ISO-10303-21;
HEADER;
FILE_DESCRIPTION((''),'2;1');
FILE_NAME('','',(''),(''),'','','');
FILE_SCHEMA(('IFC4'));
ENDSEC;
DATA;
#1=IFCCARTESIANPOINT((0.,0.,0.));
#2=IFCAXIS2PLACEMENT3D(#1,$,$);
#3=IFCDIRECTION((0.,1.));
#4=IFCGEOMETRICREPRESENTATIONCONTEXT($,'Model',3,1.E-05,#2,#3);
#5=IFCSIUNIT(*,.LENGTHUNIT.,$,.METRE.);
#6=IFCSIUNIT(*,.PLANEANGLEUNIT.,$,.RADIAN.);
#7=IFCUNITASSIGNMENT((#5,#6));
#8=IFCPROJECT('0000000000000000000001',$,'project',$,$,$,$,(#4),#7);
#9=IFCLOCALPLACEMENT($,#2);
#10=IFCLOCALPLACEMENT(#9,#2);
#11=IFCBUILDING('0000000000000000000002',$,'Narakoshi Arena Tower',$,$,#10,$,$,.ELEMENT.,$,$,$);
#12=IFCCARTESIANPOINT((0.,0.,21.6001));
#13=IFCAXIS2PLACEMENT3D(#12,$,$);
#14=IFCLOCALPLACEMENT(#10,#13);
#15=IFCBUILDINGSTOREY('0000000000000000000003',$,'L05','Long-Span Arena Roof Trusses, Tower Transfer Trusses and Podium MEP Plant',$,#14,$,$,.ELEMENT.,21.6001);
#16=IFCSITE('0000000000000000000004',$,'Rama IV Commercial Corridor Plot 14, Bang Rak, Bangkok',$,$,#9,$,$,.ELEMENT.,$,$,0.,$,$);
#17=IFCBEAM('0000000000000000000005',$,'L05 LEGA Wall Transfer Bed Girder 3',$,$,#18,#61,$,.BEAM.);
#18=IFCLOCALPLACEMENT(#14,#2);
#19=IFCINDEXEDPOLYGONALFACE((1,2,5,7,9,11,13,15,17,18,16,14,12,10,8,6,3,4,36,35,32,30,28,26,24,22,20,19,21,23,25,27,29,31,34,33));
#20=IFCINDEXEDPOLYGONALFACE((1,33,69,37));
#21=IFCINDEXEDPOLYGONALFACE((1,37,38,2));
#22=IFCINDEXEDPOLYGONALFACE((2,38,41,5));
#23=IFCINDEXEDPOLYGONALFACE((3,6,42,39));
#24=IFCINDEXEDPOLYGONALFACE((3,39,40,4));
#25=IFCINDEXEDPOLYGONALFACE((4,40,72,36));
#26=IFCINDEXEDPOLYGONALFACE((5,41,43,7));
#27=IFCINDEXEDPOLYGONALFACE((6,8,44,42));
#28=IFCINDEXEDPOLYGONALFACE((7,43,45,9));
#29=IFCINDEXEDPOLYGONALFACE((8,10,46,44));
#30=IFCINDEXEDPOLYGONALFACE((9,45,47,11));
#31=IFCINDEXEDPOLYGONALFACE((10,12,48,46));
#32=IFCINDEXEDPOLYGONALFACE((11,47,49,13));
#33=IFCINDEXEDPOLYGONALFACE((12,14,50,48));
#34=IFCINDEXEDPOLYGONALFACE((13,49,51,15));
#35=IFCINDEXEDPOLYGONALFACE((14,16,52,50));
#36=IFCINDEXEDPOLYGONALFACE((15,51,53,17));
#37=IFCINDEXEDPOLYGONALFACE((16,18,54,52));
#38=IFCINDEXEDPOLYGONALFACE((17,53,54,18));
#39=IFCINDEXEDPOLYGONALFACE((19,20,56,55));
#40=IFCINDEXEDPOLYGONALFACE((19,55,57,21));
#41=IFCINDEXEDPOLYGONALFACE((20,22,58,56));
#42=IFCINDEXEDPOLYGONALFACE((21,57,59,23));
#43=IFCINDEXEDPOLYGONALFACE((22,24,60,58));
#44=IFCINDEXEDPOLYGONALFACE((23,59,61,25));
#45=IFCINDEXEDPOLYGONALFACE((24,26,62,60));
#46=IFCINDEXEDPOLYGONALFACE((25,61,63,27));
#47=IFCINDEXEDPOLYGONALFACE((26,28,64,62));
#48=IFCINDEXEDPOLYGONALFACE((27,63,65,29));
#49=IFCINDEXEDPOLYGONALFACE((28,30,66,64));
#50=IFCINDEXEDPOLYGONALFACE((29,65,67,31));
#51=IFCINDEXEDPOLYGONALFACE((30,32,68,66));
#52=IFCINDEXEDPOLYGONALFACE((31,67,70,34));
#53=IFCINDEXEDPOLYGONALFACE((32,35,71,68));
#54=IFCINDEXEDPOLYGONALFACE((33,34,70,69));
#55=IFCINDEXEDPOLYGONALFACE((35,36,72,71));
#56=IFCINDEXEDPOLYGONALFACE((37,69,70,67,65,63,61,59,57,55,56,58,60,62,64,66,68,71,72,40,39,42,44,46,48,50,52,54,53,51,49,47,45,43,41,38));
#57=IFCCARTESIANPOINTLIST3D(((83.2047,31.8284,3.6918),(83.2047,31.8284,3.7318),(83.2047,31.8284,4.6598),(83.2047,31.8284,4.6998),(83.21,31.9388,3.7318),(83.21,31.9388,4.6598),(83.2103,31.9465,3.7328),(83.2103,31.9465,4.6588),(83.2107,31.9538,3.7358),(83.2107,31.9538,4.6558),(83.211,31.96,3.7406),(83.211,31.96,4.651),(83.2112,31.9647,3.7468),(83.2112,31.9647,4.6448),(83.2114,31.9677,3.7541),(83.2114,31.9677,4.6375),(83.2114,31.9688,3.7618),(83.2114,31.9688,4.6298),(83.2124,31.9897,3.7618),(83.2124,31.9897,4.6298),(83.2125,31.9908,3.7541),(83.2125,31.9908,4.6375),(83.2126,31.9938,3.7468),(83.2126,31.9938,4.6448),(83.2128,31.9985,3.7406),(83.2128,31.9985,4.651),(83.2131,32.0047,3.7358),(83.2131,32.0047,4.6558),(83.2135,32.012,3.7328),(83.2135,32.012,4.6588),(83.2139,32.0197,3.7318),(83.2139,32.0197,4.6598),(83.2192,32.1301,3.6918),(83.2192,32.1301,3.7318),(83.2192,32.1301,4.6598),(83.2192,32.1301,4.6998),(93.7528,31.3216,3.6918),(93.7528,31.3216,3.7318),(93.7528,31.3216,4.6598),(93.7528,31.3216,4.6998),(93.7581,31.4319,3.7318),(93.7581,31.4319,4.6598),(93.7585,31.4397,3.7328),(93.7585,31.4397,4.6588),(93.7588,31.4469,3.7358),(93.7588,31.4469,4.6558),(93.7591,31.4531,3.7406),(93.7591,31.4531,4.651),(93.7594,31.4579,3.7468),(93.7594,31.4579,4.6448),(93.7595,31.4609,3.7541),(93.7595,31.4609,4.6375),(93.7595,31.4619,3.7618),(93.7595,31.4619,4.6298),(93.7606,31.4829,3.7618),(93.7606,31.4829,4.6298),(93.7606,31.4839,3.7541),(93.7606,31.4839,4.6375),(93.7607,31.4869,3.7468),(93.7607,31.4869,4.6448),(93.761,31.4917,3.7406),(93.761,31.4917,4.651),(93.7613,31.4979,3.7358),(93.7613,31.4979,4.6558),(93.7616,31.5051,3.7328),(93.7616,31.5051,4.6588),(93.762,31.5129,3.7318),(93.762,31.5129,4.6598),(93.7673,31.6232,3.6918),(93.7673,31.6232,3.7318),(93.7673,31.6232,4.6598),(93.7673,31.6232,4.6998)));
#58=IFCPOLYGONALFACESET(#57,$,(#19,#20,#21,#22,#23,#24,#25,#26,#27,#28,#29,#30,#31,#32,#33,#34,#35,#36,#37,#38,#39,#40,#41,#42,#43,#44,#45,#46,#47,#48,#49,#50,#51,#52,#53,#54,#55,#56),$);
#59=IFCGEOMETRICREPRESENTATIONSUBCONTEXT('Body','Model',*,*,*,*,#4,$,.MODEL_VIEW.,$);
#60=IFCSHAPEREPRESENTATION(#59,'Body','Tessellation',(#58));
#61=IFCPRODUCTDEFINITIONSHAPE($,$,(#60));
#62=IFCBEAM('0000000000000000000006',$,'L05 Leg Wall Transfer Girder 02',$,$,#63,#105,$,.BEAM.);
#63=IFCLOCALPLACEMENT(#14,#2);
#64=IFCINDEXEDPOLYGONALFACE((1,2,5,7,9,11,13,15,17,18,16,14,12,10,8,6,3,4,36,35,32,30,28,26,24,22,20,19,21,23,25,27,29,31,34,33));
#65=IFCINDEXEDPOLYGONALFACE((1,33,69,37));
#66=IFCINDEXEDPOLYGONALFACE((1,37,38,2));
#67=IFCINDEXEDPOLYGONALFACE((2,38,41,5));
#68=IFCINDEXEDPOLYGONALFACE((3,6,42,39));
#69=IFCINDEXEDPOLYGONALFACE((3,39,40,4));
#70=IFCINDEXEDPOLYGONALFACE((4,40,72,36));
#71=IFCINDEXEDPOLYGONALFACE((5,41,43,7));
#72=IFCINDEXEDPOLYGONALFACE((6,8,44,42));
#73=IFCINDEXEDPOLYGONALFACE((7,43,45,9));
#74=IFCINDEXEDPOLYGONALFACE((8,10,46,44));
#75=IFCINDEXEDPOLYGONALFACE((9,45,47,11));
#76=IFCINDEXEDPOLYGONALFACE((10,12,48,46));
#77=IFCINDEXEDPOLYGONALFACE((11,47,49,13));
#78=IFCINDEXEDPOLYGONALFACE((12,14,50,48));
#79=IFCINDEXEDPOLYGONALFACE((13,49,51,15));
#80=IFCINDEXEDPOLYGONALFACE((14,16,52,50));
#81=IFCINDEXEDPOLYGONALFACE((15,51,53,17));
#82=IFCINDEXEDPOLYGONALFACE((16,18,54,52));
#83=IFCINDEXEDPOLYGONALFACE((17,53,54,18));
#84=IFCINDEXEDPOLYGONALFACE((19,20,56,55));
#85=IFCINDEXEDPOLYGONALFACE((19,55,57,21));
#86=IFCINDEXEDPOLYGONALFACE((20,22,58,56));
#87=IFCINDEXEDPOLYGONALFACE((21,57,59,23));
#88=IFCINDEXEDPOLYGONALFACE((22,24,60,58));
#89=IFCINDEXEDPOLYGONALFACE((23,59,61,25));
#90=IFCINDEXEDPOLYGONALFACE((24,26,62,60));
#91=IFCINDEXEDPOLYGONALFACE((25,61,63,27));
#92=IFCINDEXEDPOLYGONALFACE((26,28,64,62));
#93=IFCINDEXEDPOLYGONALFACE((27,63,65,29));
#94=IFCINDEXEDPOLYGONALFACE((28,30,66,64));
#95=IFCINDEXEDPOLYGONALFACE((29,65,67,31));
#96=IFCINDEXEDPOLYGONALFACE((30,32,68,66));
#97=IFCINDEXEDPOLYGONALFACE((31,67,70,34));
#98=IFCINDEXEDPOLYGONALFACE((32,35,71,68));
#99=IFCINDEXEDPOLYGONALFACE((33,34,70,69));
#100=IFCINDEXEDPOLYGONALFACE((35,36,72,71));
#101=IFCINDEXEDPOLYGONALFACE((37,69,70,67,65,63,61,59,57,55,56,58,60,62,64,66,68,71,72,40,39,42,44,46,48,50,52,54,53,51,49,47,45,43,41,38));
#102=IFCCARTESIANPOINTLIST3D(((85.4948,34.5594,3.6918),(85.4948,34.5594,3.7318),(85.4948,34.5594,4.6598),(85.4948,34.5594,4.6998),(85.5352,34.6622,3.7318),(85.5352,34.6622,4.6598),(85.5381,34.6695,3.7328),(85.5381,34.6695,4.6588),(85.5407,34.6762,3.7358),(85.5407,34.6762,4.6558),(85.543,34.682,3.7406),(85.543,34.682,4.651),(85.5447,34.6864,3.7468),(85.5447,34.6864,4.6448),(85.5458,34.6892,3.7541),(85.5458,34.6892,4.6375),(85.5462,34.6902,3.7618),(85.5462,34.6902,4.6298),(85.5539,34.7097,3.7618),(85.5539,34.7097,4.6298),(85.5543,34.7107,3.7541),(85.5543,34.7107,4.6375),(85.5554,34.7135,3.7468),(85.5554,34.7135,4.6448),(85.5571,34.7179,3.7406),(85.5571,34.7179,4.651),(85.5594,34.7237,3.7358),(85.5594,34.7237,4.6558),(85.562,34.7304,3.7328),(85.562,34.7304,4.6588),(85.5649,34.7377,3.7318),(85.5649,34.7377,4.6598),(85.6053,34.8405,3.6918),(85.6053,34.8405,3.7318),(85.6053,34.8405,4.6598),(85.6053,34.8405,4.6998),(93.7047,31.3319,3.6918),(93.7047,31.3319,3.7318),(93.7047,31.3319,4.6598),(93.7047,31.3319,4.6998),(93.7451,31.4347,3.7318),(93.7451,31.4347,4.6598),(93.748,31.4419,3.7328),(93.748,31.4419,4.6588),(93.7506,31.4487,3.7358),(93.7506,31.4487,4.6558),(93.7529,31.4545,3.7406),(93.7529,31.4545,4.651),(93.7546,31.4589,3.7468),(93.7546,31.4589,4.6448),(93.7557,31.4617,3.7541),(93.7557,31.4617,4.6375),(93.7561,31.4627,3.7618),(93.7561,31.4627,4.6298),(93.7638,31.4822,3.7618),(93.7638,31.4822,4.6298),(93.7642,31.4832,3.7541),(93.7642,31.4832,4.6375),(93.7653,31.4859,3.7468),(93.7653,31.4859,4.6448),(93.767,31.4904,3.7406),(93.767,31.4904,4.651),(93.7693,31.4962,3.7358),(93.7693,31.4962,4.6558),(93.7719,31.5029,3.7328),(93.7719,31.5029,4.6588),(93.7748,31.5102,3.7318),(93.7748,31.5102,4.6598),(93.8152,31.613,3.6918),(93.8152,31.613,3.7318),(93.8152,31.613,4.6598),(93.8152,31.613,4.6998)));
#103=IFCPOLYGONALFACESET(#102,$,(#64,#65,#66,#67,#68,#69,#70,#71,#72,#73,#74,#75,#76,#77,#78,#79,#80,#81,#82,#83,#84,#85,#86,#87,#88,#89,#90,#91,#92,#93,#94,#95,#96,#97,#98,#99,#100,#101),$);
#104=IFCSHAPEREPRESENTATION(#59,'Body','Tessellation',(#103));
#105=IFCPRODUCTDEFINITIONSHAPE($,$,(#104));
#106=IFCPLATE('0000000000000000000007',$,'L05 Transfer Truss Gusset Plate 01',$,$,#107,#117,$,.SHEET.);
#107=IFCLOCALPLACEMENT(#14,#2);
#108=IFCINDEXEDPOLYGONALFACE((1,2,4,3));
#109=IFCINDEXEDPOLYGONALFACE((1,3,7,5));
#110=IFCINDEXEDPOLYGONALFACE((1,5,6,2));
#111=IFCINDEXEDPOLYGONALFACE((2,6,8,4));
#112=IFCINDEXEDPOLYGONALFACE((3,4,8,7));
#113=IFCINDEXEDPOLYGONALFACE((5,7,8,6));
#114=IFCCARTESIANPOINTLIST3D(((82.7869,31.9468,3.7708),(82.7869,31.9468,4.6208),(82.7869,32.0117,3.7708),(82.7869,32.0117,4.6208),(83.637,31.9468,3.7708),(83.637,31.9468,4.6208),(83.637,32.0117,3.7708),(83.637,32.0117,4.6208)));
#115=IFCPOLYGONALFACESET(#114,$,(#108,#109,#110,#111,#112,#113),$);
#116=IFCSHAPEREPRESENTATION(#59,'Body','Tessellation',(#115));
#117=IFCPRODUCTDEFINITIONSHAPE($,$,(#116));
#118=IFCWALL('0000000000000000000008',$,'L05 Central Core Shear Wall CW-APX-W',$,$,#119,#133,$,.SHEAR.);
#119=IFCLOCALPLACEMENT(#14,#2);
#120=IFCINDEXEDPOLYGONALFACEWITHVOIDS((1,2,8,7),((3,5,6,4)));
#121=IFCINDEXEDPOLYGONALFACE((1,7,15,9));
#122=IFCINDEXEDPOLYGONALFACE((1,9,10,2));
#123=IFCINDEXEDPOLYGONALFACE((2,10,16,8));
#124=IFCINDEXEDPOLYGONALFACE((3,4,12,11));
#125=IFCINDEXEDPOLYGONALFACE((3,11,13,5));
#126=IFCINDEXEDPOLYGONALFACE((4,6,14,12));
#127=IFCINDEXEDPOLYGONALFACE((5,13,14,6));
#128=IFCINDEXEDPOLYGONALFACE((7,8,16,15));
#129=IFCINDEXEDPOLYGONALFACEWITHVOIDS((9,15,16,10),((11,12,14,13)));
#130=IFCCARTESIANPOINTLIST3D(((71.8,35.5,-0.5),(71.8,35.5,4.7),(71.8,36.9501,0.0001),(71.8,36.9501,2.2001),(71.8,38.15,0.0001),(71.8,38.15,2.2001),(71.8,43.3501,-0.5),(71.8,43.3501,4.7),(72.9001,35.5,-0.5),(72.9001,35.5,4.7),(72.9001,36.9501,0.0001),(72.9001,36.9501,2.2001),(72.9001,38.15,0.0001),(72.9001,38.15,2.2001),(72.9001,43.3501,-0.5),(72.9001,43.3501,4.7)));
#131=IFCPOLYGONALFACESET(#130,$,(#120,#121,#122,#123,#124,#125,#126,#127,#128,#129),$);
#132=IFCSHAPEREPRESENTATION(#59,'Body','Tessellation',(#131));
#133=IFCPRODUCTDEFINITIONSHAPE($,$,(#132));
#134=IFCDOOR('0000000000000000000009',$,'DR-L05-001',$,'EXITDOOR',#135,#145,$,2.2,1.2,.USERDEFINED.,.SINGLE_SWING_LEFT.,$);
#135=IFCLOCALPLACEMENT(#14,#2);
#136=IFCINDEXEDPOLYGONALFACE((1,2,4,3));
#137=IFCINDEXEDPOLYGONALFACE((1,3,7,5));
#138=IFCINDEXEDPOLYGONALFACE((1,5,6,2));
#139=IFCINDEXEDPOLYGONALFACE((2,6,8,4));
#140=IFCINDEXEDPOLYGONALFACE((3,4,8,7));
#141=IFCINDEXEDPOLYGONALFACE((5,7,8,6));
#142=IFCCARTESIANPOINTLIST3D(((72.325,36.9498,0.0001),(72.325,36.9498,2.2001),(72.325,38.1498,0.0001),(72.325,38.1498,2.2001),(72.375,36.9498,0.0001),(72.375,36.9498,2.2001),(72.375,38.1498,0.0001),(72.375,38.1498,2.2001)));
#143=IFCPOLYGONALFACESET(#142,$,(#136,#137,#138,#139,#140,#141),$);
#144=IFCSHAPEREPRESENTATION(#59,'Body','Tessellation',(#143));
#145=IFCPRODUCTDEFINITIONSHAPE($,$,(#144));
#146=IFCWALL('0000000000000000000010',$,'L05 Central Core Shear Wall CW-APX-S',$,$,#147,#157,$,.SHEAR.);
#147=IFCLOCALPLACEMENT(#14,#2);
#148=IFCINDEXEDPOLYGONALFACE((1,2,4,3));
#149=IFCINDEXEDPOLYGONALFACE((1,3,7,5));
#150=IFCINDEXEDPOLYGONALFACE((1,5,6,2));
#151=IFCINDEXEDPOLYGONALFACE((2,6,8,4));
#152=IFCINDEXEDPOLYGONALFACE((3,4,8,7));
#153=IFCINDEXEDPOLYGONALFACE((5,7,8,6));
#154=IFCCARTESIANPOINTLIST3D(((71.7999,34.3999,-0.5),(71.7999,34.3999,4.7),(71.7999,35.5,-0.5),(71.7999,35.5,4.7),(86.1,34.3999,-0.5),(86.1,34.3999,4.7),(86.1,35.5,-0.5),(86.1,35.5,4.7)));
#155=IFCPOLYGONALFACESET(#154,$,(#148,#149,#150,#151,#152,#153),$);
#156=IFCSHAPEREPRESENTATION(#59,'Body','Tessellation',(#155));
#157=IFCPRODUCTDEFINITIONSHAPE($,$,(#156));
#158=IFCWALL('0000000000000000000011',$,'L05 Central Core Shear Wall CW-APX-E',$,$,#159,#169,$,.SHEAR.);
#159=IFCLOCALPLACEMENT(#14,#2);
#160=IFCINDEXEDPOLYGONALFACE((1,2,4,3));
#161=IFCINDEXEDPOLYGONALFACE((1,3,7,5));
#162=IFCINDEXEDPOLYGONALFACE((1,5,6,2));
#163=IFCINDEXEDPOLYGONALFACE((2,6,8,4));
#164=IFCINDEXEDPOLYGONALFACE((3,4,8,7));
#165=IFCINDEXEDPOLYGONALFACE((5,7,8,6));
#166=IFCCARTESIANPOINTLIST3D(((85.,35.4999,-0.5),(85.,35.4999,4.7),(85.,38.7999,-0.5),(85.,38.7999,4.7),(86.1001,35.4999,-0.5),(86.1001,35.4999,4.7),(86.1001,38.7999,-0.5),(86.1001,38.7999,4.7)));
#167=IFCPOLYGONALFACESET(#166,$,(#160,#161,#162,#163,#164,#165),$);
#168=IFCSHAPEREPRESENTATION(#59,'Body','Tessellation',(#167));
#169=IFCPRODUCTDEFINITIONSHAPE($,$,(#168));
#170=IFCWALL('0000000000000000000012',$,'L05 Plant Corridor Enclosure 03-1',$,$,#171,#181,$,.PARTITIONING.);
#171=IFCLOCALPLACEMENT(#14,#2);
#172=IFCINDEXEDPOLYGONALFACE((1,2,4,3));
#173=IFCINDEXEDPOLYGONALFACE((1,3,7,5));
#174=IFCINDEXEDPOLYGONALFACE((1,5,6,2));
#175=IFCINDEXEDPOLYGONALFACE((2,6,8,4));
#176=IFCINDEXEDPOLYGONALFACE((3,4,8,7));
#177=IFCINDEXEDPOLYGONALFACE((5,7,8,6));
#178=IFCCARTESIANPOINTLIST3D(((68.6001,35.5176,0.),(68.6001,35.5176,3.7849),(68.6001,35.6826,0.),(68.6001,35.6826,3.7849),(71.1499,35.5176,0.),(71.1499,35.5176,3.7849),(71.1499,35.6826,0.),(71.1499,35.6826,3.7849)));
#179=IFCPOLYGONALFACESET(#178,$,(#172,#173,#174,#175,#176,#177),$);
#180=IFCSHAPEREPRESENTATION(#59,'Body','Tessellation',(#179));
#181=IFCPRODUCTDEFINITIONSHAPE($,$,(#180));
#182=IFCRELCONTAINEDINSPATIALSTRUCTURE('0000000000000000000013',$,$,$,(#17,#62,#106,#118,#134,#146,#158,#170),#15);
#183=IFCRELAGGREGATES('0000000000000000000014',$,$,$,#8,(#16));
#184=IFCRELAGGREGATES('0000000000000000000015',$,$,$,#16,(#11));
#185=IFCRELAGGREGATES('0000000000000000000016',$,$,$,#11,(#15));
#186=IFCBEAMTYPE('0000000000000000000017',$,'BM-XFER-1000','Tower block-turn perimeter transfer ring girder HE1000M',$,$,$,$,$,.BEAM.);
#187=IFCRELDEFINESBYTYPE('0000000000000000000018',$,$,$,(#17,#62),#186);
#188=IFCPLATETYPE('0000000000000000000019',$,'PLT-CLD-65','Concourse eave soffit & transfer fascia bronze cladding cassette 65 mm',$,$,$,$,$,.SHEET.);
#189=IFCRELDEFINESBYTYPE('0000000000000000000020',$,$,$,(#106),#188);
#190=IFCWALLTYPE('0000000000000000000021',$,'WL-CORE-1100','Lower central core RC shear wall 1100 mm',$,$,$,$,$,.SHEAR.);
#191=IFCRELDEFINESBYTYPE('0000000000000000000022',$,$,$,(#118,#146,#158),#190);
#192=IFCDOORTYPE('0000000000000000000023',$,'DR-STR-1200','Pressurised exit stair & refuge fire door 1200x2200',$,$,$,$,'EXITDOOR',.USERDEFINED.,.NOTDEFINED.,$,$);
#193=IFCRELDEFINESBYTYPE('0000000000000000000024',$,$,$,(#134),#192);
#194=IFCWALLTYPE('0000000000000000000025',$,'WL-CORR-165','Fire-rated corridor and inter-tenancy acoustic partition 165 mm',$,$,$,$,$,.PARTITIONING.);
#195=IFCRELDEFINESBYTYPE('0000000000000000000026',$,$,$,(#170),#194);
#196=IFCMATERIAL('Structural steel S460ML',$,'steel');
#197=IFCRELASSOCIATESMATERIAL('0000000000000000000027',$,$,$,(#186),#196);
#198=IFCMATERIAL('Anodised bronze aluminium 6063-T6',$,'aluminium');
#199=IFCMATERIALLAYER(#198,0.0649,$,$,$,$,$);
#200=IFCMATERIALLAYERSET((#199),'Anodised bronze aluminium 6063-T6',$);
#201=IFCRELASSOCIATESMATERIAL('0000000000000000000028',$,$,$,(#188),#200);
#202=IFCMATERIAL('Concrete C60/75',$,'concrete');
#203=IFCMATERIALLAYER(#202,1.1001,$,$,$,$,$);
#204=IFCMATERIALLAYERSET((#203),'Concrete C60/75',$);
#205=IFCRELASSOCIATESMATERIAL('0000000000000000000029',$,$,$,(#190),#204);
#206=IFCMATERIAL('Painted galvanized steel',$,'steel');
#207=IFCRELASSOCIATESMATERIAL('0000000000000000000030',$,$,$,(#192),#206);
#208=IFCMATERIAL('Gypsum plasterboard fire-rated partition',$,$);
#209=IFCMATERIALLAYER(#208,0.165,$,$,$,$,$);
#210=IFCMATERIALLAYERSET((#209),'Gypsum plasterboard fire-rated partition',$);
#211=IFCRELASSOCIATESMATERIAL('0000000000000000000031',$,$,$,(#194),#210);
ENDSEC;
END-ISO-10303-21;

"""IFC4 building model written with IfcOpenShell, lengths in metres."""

from ifc_helpers import new_model, si_unit, direction, frame, frame_2d, origin, origin_2d, place, context, subcontext, project, spatial, rectangle, i_section, extrude, material, layer, layer_set, material_profile, profile_set, type_object, element, fill, save


model = new_model("IFC4")

# Units and contexts
model_context = context("Model", 3, precision=1e-05, world=origin(), true_north=direction((0.0, 1.0)))
body_context = subcontext(model_context, "Body", "Model", "MODEL_VIEW")
ifc_project = project(units=[si_unit("LENGTHUNIT", "METRE"), si_unit("PLANEANGLEUNIT", "RADIAN")], contexts=[model_context])

# Site, building, storey
site_placement = place(None, origin())
site = spatial("IfcSite", under=ifc_project, at=site_placement, Name="Rama IV Commercial Corridor Plot 14, Bang Rak, Bangkok", CompositionType="ELEMENT", RefElevation=0.0)
building_placement = place(site_placement, origin())
building = spatial("IfcBuilding", under=site, at=building_placement, Name="Narakoshi Arena Tower", CompositionType="ELEMENT")
storey_placement = place(building_placement, frame((0.0, 0.0, 21.6001)))
storey = spatial("IfcBuildingStorey", under=building, at=storey_placement, Name="L05", Description="Long-Span Arena Roof Trusses, Tower Transfer Trusses and Podium MEP Plant", CompositionType="ELEMENT", Elevation=21.6001)

# Shared definitions
ifc_material_1 = material(Name="Concrete C60/75", Category="concrete")

# Beams
ifc_material_2 = material(Name="Structural steel S460ML", Category="steel")
ifc_material_profile_1 = material_profile(ifc_material_2, i_section(OverallWidth=0.302, OverallDepth=1.0081, WebThickness=0.021, FlangeThickness=0.04, FilletRadius=0.03, at=origin_2d()), Name="HE1000M")
ifc_profile_set_1 = profile_set([ifc_material_profile_1], Name="Structural steel S460ML")
beam_type_1 = type_object("IfcBeamType", Name="BM-XFER-1000", Description="Tower block-turn perimeter transfer ring girder HE1000M", PredefinedType="BEAM", material=ifc_profile_set_1)
beam_1_placement = place(storey_placement, frame((83.2119, 31.9792, 4.1958), z_axis=(0.998848, -0.047995, 0.0), x_axis=(0.047995, 0.998848, 0.0)))
element("IfcBeam", 1, at=beam_1_placement, inside=storey, type_object=beam_type_1, Name="L05 LEGA Wall Transfer Bed Girder 3", PredefinedType="BEAM", context=body_context, shape_type="SweptSolid", body=[
    extrude(i_section(OverallWidth=0.302, OverallDepth=1.0081, WebThickness=0.021, FlangeThickness=0.04, FilletRadius=0.03, at=origin_2d()), origin(), (0.0, 0.0, 1.0), 10.5603),
])
beam_2_placement = place(storey_placement, frame((85.55, 34.7, 4.1958), z_axis=(0.930667, -0.365868, 0.0), x_axis=(0.365868, 0.930667, 0.0)))
element("IfcBeam", 2, at=beam_2_placement, inside=storey, type_object=beam_type_1, Name="L05 Leg Wall Transfer Girder 02", PredefinedType="BEAM", context=body_context, shape_type="SweptSolid", body=[
    extrude(i_section(OverallWidth=0.302, OverallDepth=1.0081, WebThickness=0.021, FlangeThickness=0.04, FilletRadius=0.03, at=origin_2d()), origin(), (0.0, 0.0, 1.0), 8.8215),
])

# Plate
ifc_material_3 = material(Name="Anodised bronze aluminium 6063-T6", Category="aluminium")
ifc_layer_1 = layer(ifc_material_3, 0.0649)
ifc_layer_set_1 = layer_set([ifc_layer_1], Name="Anodised bronze aluminium 6063-T6")
plate_type = type_object("IfcPlateType", Name="PLT-CLD-65", Description="Concourse eave soffit & transfer fascia bronze cladding cassette 65 mm", PredefinedType="SHEET", material=ifc_layer_set_1)
plate_placement = place(storey_placement, frame((83.2119, 31.9792, 3.7708), z_axis=(0.0, 0.0, 1.0), x_axis=(1.0, 0.0, 0.0)))
element("IfcPlate", 3, at=plate_placement, inside=storey, type_object=plate_type, Name="L05 Transfer Truss Gusset Plate 01", PredefinedType="SHEET", context=body_context, shape_type="SweptSolid", body=[
    extrude(rectangle(XDim=0.8501, YDim=0.0649, at=origin_2d()), origin(), (0.0, 0.0, 1.0), 0.8501),
])

# Wall, opening, door
ifc_layer_2 = layer(ifc_material_1, 1.1001)
ifc_layer_set_2 = layer_set([ifc_layer_2], Name="Concrete C60/75")
wall_type_1 = type_object("IfcWallType", Name="WL-CORE-1100", Description="Lower central core RC shear wall 1100 mm", PredefinedType="SHEAR", material=ifc_layer_set_2)
wall_1_placement = place(storey_placement, frame((72.3501, 35.5, -0.5), z_axis=(0.0, 0.0, 1.0), x_axis=(0.0, 1.0, 0.0)))
wall_1 = element("IfcWall", 4, at=wall_1_placement, inside=storey, type_object=wall_type_1, Name="L05 Central Core Shear Wall CW-APX-W", PredefinedType="SHEAR", context=body_context, shape_type="SweptSolid", body=[
    extrude(rectangle(XDim=7.8501, YDim=1.1001, at=frame_2d((3.925, 0.0))), origin(), (0.0, 0.0, 1.0), 5.2),
])
opening_placement = place(wall_1_placement, frame((1.45, 0.0, 0.5)))
opening = element("IfcOpeningElement", 5, at=opening_placement, cuts=wall_1, PredefinedType="OPENING", context=body_context, shape_type="SweptSolid", body=[
    extrude(rectangle(XDim=1.2, YDim=2.2, at=frame_2d((0.6001, 1.1001))), frame((0.0, 0.5601, 0.0), z_axis=(0.0, -1.0, 0.0), x_axis=(1.0, 0.0, 0.0)), (0.0, 0.0, 1.0), 1.1201),
])
ifc_material_4 = material(Name="Painted galvanized steel", Category="steel")
door_type = type_object("IfcDoorType", Name="DR-STR-1200", Description="Pressurised exit stair & refuge fire door 1200x2200", ElementType="EXITDOOR", OperationType="NOTDEFINED", PredefinedType="USERDEFINED", material=ifc_material_4)
door_placement = place(opening_placement, frame((1.2, 0.0, 0.0), z_axis=(0.0, 0.0, 1.0), x_axis=(-1.0, 0.0, 0.0)))
door = element("IfcDoor", 6, at=door_placement, inside=storey, type_object=door_type, Name="DR-L05-001", ObjectType="EXITDOOR", OperationType="SINGLE_SWING_LEFT", OverallHeight=2.2, OverallWidth=1.2, PredefinedType="USERDEFINED", context=body_context, shape_type="SweptSolid", body=[
    extrude(rectangle(XDim=1.2, YDim=2.2, at=frame_2d((0.6001, 1.1001))), frame((0.0, 0.0249, 0.0), z_axis=(0.0, -1.0, 0.0), x_axis=(1.0, 0.0, 0.0)), (0.0, 0.0, 1.0), 0.05),
])
fill(opening, door)

# Walls
wall_2_placement = place(storey_placement, frame((71.8, 34.95, -0.5), z_axis=(0.0, 0.0, 1.0), x_axis=(1.0, 0.0, 0.0)))
element("IfcWall", 7, at=wall_2_placement, inside=storey, type_object=wall_type_1, Name="L05 Central Core Shear Wall CW-APX-S", PredefinedType="SHEAR", context=body_context, shape_type="SweptSolid", body=[
    extrude(rectangle(XDim=14.3, YDim=1.1001, at=frame_2d((7.1499, 0.0))), origin(), (0.0, 0.0, 1.0), 5.2),
])
wall_3_placement = place(storey_placement, frame((85.55, 35.5, -0.5), z_axis=(0.0, 0.0, 1.0), x_axis=(0.0, 1.0, 0.0)))
element("IfcWall", 8, at=wall_3_placement, inside=storey, type_object=wall_type_1, Name="L05 Central Core Shear Wall CW-APX-E", PredefinedType="SHEAR", context=body_context, shape_type="SweptSolid", body=[
    extrude(rectangle(XDim=3.3, YDim=1.1001, at=frame_2d((1.6499, 0.0))), origin(), (0.0, 0.0, 1.0), 5.2),
])
ifc_material_5 = material(Name="Gypsum plasterboard fire-rated partition")
ifc_layer_3 = layer(ifc_material_5, 0.165)
ifc_layer_set_3 = layer_set([ifc_layer_3], Name="Gypsum plasterboard fire-rated partition")
wall_type_2 = type_object("IfcWallType", Name="WL-CORR-165", Description="Fire-rated corridor and inter-tenancy acoustic partition 165 mm", PredefinedType="PARTITIONING", material=ifc_layer_set_3)
wall_4_placement = place(storey_placement, frame((71.1499, 35.6001, 0.0), z_axis=(0.0, 0.0, 1.0), x_axis=(-1.0, 0.0, 0.0)))
element("IfcWall", 9, at=wall_4_placement, inside=storey, type_object=wall_type_2, Name="L05 Plant Corridor Enclosure 03-1", PredefinedType="PARTITIONING", context=body_context, shape_type="SweptSolid", body=[
    extrude(rectangle(XDim=2.5498, YDim=0.165, at=frame_2d((1.2749, 0.0))), origin(), (0.0, 0.0, 1.0), 3.7849),
])

save(model, "model.ifc")
